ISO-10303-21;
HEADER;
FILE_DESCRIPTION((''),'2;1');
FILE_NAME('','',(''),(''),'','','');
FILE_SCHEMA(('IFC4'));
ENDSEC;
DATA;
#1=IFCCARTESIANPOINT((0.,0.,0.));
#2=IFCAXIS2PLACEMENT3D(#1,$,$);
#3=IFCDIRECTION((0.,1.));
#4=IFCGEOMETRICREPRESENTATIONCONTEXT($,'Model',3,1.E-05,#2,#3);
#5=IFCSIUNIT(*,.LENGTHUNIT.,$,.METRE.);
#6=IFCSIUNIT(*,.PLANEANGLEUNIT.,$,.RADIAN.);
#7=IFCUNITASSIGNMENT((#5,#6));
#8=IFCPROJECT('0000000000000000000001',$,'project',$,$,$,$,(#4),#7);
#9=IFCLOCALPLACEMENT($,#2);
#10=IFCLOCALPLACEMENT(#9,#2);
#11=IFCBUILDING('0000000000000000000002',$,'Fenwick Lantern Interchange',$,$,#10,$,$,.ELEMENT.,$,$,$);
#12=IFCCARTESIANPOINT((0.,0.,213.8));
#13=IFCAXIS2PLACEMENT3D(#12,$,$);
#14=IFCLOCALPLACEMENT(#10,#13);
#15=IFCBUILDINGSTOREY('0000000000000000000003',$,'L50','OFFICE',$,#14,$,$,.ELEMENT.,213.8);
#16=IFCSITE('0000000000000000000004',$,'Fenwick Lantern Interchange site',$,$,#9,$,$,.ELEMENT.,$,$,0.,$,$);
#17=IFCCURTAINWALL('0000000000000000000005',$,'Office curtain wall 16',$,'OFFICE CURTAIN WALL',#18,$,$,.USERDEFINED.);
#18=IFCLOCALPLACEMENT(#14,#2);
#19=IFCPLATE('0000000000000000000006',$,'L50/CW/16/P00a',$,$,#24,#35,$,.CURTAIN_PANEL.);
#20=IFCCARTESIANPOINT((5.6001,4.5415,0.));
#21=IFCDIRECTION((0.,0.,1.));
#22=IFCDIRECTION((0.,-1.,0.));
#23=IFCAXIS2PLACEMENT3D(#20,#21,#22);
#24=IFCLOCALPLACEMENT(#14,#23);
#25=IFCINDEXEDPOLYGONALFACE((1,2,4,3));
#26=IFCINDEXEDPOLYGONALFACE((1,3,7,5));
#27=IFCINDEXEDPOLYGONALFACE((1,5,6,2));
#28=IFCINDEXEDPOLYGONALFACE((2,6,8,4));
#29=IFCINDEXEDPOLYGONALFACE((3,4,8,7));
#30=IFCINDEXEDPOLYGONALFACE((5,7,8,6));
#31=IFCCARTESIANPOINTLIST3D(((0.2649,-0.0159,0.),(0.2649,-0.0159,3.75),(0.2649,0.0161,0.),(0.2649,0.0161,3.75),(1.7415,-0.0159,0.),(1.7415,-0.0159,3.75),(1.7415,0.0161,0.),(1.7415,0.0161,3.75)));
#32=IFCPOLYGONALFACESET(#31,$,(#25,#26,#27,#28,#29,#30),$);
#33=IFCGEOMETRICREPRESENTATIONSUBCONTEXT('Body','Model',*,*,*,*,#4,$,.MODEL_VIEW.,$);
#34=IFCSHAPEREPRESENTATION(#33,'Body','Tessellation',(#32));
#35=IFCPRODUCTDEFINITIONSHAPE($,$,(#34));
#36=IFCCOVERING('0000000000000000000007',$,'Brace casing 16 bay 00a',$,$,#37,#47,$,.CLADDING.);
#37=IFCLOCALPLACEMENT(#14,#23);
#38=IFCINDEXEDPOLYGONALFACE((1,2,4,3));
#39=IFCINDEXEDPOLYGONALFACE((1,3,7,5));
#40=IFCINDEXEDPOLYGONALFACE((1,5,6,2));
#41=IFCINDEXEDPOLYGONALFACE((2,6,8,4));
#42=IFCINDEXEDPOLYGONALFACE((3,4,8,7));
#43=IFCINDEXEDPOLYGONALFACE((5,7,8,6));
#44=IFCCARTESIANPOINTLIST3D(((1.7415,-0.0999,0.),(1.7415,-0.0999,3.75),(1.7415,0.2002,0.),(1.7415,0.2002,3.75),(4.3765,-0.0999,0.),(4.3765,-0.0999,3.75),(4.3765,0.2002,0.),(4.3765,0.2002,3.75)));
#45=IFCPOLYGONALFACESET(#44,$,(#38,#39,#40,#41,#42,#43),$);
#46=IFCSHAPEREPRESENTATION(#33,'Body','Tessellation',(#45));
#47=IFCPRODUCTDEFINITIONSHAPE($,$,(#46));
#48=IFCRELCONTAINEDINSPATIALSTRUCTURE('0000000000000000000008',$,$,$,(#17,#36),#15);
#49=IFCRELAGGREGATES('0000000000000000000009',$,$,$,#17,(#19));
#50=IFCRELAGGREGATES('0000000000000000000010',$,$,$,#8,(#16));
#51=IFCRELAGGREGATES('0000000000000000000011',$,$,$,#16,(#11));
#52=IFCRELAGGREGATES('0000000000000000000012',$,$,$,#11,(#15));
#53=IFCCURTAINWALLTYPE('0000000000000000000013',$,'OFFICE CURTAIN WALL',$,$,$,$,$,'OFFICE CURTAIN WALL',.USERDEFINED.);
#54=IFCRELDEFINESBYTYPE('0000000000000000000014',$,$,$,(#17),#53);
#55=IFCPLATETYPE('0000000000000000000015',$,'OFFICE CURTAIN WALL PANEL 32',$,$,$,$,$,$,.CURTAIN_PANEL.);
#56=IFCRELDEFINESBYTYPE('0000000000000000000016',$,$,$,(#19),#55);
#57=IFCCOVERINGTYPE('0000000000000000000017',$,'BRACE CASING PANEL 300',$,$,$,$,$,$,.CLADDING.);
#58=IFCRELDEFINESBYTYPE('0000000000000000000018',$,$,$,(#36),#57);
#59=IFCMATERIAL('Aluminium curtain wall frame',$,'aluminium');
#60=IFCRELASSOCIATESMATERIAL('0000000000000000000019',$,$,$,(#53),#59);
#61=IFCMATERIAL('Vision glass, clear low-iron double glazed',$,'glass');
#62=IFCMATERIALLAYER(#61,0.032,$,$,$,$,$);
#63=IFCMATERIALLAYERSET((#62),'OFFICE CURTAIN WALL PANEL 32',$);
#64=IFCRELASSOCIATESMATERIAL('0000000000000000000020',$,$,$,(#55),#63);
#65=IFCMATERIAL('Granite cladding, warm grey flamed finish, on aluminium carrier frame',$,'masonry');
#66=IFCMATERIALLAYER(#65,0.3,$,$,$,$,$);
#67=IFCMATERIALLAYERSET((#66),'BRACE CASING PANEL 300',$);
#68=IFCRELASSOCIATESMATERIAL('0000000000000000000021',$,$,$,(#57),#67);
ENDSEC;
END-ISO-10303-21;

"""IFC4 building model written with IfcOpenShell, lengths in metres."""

from ifc_helpers import new_model, si_unit, direction, frame, origin, place, context, subcontext, project, spatial, polyline, outline, extrude, material, layer, layer_set, type_object, element, aggregate, save


model = new_model("IFC4")

# Units and contexts
model_context = context("Model", 3, precision=1e-05, world=origin(), true_north=direction((0.0, 1.0)))
body_context = subcontext(model_context, "Body", "Model", "MODEL_VIEW")
ifc_project = project(units=[si_unit("LENGTHUNIT", "METRE"), si_unit("PLANEANGLEUNIT", "RADIAN")], contexts=[model_context])

# Site, building, storey
site_placement = place(None, origin())
site = spatial("IfcSite", under=ifc_project, at=site_placement, Name="Fenwick Lantern Interchange site", CompositionType="ELEMENT", RefElevation=0.0)
building_placement = place(site_placement, origin())
building = spatial("IfcBuilding", under=site, at=building_placement, Name="Fenwick Lantern Interchange", CompositionType="ELEMENT")
storey_placement = place(building_placement, frame((0.0, 0.0, 213.8)))
storey = spatial("IfcBuildingStorey", under=building, at=storey_placement, Name="L50", Description="OFFICE", CompositionType="ELEMENT", Elevation=213.8)

# Curtain wall
ifc_material_1 = material(Name="Aluminium curtain wall frame", Category="aluminium")
curtain_wall_type = type_object("IfcCurtainWallType", Name="OFFICE CURTAIN WALL", ElementType="OFFICE CURTAIN WALL", PredefinedType="USERDEFINED", material=ifc_material_1)
curtain_wall_1_placement = place(storey_placement, origin())
curtain_wall_1 = element("IfcCurtainWall", 1, at=curtain_wall_1_placement, inside=storey, type_object=curtain_wall_type, Name="Office curtain wall 16", ObjectType="OFFICE CURTAIN WALL", PredefinedType="USERDEFINED")

# Plate
ifc_material_2 = material(Name="Vision glass, clear low-iron double glazed", Category="glass")
ifc_layer_1 = layer(ifc_material_2, 0.032)
ifc_layer_set_1 = layer_set([ifc_layer_1], Name="OFFICE CURTAIN WALL PANEL 32")
plate_type = type_object("IfcPlateType", Name="OFFICE CURTAIN WALL PANEL 32", PredefinedType="CURTAIN_PANEL", material=ifc_layer_set_1)
plate_placement = place(storey_placement, frame((5.6001, 4.5415, 0.0), z_axis=(0.0, 0.0, 1.0), x_axis=(0.0, -1.0, 0.0)))
plate = element("IfcPlate", 2, at=plate_placement, type_object=plate_type, Name="L50/CW/16/P00a", PredefinedType="CURTAIN_PANEL", context=body_context, shape_type="SweptSolid", body=[
    extrude(outline(polyline([(0.2649, 0.0), (1.7415, 0.0), (1.7415, 3.75), (0.2649, 3.75), (0.2649, 0.0)])), frame((0.0, 0.0161, 0.0), z_axis=(0.0, -1.0, 0.0), x_axis=(1.0, 0.0, 0.0)), (0.0, 0.0, 1.0), 0.032),
])
aggregate(curtain_wall_1, [plate])

# Covering
ifc_material_3 = material(Name="Granite cladding, warm grey flamed finish, on aluminium carrier frame", Category="masonry")
ifc_layer_2 = layer(ifc_material_3, 0.3)
ifc_layer_set_2 = layer_set([ifc_layer_2], Name="BRACE CASING PANEL 300")
covering_type = type_object("IfcCoveringType", Name="BRACE CASING PANEL 300", PredefinedType="CLADDING", material=ifc_layer_set_2)
covering_placement = place(storey_placement, frame((5.6001, 4.5415, 0.0), z_axis=(0.0, 0.0, 1.0), x_axis=(0.0, -1.0, 0.0)))
element("IfcCovering", 3, at=covering_placement, inside=storey, type_object=covering_type, Name="Brace casing 16 bay 00a", PredefinedType="CLADDING", context=body_context, shape_type="SweptSolid", body=[
    extrude(outline(polyline([(1.7415, 0.0), (4.3765, 0.0), (4.3765, 3.75), (1.7415, 3.75), (1.7415, 0.0)])), frame((0.0, 0.2002, 0.0), z_axis=(0.0, -1.0, 0.0), x_axis=(1.0, 0.0, 0.0)), (0.0, 0.0, 1.0), 0.3),
])

save(model, "model.ifc")
